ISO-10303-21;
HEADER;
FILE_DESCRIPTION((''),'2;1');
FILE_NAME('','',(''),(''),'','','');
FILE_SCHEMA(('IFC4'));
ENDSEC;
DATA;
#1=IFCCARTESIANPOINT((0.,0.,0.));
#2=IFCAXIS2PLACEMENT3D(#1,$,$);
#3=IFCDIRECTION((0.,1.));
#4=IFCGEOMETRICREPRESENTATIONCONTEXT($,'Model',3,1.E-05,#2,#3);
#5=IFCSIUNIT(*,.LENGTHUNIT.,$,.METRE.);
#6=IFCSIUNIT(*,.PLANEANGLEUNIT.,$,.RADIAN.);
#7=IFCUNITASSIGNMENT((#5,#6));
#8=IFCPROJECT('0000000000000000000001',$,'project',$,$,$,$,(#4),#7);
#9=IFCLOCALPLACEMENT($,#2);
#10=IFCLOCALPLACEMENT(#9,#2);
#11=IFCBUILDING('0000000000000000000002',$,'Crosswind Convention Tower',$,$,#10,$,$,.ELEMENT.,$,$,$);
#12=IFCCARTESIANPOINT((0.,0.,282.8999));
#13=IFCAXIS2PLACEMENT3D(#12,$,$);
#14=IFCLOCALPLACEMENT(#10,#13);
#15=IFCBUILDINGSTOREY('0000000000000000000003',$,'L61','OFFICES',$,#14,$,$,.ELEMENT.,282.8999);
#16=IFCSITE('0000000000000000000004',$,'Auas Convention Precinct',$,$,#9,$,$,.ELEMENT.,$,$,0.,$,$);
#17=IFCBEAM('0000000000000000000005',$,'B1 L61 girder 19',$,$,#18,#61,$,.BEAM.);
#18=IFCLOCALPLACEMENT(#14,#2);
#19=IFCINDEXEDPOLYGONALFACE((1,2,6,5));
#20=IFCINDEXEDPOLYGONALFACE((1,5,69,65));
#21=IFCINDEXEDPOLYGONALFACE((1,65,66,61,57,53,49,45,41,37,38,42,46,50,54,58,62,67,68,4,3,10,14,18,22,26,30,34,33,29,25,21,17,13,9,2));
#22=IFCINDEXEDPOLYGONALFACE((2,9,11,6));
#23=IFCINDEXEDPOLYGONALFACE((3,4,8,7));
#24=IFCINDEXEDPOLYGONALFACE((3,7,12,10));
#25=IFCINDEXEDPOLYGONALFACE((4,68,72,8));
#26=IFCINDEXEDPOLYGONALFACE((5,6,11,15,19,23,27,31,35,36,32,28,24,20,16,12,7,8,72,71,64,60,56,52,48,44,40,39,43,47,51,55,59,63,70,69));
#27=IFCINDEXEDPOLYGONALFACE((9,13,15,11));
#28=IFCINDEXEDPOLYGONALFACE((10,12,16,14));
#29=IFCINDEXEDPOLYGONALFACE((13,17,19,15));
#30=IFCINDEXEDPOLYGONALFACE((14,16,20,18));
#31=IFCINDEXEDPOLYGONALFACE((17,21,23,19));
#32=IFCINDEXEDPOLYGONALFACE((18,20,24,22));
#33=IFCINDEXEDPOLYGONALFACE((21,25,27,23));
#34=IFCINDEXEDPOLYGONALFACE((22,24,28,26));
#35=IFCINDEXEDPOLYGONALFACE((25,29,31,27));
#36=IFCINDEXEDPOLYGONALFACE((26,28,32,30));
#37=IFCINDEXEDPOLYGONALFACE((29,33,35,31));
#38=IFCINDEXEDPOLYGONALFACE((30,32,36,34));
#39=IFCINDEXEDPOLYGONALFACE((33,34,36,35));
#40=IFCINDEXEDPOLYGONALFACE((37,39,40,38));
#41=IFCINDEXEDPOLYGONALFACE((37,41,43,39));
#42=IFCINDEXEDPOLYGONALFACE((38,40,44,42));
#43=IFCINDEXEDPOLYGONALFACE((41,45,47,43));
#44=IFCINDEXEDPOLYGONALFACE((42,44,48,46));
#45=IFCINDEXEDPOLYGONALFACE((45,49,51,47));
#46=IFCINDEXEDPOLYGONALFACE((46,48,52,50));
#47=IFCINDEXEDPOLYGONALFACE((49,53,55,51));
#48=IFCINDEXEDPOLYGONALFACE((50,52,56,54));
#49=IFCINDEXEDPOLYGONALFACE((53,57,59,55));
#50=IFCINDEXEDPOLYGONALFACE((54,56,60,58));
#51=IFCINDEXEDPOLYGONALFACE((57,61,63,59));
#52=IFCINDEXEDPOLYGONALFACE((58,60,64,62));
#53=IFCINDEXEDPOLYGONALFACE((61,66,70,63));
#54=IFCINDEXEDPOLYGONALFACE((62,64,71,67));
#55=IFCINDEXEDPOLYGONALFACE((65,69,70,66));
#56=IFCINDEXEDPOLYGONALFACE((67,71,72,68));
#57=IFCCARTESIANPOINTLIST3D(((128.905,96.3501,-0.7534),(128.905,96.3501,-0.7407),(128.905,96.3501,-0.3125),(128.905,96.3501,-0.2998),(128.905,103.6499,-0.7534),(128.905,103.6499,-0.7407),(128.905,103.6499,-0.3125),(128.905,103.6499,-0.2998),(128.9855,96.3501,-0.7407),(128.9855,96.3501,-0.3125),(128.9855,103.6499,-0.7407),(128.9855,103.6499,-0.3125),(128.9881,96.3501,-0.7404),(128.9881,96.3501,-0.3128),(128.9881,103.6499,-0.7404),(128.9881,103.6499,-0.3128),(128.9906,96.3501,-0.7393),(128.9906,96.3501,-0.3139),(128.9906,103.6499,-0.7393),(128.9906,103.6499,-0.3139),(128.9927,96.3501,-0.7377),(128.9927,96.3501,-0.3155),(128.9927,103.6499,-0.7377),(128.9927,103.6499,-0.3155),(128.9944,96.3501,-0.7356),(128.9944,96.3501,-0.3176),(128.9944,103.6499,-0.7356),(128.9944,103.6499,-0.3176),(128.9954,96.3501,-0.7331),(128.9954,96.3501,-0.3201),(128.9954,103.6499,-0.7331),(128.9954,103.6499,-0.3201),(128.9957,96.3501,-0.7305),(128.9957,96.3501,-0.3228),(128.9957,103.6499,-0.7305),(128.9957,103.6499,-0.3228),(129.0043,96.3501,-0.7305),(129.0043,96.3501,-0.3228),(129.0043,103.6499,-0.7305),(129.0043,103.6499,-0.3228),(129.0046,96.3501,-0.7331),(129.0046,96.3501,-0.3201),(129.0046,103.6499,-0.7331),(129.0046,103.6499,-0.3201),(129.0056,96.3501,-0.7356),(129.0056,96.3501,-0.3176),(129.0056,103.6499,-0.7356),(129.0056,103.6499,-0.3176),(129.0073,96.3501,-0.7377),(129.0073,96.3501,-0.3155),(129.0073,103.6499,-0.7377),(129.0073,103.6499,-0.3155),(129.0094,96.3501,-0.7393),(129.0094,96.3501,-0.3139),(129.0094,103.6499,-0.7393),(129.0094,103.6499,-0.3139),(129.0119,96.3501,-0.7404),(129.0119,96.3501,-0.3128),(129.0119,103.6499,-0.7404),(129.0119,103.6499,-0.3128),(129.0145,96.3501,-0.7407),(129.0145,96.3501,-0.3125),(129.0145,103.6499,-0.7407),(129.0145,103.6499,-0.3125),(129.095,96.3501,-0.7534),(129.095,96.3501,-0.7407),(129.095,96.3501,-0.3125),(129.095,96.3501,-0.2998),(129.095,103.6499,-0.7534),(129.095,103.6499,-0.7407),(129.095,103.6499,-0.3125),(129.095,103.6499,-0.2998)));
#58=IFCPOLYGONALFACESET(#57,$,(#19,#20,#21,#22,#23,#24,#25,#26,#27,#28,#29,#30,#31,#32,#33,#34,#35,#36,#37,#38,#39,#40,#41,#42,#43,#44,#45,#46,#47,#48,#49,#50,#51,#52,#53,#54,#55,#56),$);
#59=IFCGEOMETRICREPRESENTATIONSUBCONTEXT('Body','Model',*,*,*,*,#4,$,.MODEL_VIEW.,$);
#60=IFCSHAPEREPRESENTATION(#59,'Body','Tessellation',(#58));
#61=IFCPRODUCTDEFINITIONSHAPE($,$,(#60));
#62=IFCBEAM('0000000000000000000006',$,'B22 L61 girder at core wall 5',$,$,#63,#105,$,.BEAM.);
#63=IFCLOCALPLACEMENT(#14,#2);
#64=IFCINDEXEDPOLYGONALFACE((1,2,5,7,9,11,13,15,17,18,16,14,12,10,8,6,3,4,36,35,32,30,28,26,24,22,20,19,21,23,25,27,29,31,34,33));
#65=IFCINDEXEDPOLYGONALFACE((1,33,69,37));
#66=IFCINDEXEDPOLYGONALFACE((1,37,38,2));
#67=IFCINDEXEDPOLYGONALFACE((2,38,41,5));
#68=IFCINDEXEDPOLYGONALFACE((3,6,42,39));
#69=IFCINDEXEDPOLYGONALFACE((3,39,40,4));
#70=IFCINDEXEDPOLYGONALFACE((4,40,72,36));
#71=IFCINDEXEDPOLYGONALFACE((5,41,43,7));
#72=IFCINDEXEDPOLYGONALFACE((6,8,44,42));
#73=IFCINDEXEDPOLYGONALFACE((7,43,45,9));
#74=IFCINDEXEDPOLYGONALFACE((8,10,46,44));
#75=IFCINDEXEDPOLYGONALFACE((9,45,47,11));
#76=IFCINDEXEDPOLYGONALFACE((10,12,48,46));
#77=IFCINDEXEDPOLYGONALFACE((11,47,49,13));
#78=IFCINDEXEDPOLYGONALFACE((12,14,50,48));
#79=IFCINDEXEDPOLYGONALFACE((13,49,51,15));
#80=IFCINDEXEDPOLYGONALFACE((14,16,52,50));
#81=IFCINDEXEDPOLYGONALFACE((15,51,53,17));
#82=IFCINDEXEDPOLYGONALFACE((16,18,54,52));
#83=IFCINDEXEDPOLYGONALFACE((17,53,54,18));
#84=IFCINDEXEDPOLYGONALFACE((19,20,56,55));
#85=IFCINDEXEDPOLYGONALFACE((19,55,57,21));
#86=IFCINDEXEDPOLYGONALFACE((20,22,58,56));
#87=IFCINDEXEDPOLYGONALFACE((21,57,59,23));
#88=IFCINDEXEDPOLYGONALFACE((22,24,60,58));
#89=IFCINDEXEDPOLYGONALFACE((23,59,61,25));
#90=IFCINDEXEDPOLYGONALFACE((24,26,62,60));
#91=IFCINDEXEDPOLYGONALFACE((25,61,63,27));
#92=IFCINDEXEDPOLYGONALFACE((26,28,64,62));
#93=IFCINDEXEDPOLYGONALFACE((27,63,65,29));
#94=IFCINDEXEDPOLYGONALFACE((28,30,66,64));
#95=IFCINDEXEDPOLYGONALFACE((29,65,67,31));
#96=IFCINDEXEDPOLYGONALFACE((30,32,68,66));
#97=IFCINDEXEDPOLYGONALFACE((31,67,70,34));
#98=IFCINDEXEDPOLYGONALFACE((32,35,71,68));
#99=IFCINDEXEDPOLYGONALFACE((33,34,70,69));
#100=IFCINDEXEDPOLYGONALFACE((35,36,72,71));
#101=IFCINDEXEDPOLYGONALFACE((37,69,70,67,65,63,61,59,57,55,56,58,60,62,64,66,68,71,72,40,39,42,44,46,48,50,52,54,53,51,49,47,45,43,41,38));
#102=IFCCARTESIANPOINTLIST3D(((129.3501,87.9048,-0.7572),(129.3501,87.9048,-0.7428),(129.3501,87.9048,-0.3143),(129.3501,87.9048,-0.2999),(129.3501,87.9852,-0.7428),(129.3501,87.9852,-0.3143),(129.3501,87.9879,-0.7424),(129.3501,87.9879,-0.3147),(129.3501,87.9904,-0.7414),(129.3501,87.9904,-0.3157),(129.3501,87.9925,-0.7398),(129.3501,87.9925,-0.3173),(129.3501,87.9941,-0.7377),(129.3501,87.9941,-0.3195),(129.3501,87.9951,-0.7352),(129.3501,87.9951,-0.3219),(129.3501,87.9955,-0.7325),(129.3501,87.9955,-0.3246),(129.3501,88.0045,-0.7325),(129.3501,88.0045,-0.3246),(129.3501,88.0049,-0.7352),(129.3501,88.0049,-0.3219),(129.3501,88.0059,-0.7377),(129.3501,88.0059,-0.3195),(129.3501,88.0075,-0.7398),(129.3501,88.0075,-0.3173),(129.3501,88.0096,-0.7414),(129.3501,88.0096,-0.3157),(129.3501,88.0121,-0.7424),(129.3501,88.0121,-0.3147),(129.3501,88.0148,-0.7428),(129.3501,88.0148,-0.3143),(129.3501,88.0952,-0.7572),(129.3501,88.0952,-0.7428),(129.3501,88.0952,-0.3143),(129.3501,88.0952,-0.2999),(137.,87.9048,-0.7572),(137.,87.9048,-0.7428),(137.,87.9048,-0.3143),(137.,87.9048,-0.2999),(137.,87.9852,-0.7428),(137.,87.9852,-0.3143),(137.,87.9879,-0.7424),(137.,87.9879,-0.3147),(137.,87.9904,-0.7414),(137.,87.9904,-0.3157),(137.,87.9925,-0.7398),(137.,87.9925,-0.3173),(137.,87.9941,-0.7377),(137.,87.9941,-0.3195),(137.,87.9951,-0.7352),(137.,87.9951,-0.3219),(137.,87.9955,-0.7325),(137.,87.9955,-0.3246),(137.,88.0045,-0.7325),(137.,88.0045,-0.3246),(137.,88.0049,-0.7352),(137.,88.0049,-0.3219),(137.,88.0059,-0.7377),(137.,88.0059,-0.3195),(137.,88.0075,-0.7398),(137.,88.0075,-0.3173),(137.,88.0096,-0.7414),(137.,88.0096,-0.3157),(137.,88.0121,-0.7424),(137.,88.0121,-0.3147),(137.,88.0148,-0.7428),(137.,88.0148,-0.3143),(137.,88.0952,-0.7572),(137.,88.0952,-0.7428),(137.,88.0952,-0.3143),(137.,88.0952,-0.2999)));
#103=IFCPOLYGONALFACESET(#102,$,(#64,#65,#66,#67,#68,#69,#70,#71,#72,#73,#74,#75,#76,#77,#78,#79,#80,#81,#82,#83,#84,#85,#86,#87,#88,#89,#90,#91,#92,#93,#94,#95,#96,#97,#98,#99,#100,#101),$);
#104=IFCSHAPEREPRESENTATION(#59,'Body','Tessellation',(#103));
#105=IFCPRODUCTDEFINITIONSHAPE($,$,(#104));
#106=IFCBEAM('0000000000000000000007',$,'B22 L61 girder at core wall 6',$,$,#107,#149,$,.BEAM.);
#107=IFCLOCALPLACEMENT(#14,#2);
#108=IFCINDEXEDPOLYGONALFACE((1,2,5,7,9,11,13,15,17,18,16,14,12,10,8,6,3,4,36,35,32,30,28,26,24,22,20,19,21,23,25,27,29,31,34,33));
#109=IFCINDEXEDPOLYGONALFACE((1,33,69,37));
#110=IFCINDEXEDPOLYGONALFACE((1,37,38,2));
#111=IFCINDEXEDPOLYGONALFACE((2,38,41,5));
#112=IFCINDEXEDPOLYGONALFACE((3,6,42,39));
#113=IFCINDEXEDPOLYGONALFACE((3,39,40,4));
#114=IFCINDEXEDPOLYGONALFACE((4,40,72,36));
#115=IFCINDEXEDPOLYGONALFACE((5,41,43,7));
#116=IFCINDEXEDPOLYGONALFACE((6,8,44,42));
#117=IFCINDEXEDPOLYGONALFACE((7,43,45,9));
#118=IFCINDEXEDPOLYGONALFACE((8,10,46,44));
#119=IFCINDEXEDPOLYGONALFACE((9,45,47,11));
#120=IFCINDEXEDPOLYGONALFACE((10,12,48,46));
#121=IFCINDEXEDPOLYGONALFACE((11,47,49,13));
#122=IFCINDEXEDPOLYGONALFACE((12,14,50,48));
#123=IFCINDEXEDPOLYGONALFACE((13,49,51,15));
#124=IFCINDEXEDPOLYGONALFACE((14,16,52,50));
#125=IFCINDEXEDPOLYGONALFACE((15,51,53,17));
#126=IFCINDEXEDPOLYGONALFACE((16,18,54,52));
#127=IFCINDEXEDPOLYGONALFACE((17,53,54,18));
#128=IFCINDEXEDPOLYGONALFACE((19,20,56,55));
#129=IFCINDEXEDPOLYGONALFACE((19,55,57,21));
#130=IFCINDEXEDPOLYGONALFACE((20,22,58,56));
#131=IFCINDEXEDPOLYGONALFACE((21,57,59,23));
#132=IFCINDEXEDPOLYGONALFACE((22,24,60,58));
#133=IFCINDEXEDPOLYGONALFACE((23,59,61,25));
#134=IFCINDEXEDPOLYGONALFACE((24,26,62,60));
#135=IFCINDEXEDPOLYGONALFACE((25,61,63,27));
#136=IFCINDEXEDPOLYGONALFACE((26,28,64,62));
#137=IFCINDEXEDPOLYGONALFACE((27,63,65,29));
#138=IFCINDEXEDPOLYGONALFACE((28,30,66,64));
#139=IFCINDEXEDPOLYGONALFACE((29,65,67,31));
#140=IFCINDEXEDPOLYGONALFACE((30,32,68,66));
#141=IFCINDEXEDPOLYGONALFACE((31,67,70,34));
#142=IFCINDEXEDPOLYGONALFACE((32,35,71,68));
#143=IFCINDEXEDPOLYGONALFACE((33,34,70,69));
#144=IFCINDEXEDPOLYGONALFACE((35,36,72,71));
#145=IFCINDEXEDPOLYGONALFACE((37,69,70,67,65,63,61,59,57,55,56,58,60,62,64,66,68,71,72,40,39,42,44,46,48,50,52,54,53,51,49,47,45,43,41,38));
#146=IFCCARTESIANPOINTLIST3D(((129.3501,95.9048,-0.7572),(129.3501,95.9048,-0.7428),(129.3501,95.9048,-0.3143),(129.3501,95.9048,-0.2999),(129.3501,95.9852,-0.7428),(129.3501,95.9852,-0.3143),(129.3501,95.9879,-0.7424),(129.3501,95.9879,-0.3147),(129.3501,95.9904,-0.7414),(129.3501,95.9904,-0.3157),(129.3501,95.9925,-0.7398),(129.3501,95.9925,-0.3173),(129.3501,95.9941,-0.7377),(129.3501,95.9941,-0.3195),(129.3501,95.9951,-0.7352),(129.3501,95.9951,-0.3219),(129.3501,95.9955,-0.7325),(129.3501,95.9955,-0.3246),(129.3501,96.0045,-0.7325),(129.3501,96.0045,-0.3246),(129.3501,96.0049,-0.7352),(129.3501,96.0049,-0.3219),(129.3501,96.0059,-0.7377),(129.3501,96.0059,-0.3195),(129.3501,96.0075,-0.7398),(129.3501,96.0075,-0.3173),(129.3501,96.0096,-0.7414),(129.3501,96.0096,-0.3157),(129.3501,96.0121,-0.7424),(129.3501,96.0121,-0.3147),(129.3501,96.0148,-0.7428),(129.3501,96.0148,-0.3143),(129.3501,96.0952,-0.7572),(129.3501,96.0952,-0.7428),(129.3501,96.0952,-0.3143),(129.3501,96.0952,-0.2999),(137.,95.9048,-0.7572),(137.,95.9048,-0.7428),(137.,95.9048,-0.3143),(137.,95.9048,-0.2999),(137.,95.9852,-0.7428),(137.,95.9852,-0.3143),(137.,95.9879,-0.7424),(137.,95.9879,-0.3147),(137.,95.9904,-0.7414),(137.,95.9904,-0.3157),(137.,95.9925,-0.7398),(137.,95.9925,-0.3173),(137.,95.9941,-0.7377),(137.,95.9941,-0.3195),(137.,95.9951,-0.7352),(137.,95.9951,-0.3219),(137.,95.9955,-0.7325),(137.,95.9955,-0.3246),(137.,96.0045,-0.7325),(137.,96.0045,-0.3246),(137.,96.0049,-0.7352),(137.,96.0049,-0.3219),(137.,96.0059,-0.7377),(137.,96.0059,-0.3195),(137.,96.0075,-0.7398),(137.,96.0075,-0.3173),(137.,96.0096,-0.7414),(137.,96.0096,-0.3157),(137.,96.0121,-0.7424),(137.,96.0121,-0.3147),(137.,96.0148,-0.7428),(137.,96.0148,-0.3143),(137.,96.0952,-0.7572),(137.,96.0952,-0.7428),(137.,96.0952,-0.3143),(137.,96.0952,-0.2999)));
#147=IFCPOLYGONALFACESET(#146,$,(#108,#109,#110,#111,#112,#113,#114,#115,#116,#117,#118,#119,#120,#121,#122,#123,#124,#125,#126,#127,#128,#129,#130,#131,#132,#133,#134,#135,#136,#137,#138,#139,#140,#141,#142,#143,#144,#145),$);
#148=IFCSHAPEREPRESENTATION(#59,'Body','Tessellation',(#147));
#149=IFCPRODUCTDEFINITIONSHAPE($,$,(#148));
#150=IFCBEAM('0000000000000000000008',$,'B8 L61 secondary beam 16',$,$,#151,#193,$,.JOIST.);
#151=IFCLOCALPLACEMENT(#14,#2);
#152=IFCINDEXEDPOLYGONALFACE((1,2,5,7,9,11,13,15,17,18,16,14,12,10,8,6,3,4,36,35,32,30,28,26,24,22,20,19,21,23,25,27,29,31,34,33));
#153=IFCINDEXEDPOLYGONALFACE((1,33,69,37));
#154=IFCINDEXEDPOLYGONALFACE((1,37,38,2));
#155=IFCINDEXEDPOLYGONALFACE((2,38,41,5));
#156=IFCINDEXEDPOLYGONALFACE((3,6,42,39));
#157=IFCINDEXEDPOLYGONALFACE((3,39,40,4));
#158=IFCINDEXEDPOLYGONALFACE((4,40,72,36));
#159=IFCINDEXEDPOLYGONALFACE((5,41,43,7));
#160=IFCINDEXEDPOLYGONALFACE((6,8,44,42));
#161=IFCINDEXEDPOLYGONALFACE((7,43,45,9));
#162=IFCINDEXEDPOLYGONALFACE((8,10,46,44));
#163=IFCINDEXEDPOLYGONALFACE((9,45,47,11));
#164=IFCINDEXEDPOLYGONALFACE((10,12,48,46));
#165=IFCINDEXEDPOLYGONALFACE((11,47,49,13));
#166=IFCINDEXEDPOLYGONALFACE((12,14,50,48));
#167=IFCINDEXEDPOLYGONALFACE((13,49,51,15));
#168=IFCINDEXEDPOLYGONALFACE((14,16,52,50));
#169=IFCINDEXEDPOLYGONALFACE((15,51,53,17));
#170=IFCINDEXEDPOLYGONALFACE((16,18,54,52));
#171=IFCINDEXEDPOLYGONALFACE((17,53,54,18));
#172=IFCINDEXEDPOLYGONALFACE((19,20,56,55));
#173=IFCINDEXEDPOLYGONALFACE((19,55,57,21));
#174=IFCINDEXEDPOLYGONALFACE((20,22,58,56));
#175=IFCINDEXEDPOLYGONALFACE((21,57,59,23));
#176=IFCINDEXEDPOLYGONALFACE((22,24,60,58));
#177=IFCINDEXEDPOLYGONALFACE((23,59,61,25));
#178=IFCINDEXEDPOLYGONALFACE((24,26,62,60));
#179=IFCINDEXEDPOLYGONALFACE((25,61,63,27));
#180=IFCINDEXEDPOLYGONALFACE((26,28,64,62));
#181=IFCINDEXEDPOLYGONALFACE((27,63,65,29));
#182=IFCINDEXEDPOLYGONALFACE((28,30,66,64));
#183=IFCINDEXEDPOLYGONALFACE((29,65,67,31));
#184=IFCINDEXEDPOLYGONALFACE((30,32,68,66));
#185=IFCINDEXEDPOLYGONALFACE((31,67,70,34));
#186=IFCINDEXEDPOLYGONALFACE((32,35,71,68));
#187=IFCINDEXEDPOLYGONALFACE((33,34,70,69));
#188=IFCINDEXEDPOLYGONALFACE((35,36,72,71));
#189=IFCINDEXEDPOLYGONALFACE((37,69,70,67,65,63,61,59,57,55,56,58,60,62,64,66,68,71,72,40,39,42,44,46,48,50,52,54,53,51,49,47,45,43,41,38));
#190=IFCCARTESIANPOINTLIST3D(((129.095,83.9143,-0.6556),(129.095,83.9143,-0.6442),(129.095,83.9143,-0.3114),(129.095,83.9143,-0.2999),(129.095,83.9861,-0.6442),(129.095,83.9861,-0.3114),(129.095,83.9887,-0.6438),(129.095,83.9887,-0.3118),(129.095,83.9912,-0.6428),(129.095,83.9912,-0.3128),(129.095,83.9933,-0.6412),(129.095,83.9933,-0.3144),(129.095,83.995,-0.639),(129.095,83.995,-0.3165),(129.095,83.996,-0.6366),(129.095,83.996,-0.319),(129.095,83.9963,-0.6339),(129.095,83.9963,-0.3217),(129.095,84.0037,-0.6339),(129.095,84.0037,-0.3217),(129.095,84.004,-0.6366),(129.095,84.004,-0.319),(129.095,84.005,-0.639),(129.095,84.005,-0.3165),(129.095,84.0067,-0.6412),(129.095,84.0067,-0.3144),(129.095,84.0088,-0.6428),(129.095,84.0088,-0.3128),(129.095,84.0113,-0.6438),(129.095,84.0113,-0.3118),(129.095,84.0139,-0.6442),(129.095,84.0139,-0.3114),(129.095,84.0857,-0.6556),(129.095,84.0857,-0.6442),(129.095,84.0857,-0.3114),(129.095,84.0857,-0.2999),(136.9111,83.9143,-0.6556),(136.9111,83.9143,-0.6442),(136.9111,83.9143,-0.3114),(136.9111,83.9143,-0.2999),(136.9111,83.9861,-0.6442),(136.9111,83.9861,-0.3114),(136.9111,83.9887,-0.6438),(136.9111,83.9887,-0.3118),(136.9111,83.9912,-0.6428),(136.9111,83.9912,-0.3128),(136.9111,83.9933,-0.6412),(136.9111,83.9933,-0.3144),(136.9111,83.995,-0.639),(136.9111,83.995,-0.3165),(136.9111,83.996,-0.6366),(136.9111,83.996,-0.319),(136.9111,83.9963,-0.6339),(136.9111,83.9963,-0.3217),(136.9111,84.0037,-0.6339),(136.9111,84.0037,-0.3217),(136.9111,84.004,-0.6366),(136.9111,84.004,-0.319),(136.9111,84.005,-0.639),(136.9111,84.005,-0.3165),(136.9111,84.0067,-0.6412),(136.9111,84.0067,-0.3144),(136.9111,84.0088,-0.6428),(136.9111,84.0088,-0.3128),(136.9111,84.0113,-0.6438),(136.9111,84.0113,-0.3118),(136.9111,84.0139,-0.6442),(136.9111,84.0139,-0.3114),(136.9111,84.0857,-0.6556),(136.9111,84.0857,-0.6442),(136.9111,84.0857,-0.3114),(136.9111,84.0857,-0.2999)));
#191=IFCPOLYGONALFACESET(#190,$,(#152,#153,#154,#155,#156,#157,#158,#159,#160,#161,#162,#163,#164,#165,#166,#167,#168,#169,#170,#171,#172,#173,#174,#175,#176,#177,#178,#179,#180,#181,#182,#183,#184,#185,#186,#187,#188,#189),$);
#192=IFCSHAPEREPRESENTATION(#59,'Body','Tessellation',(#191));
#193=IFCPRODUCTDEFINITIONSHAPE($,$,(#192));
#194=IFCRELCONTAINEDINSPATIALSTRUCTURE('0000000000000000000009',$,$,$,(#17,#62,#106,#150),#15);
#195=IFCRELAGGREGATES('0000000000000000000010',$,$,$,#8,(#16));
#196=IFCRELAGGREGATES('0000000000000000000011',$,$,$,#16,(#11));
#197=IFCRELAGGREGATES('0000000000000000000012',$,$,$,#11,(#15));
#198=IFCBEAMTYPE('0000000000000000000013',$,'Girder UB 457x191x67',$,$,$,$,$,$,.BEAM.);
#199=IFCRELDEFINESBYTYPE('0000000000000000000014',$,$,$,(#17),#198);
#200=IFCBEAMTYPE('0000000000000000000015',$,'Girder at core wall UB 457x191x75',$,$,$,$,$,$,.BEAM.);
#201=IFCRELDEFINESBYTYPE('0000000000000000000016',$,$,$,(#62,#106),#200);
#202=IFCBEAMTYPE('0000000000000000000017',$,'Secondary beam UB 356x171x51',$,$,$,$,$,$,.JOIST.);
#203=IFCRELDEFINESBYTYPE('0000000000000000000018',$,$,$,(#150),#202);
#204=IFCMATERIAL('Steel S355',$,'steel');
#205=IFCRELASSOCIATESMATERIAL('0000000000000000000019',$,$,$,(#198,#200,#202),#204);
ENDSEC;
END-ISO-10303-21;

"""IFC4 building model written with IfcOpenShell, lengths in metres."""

from ifc_helpers import new_model, si_unit, direction, frame, origin, origin_2d, place, context, subcontext, project, spatial, i_section, extrude, material, material_profile, profile_set, type_object, element, save


model = new_model("IFC4")

# Units and contexts
model_context = context("Model", 3, precision=1e-05, world=origin(), true_north=direction((0.0, 1.0)))
body_context = subcontext(model_context, "Body", "Model", "MODEL_VIEW")
ifc_project = project(units=[si_unit("LENGTHUNIT", "METRE"), si_unit("PLANEANGLEUNIT", "RADIAN")], contexts=[model_context])

# Site, building, storey
site_placement = place(None, origin())
site = spatial("IfcSite", under=ifc_project, at=site_placement, Name="Auas Convention Precinct", CompositionType="ELEMENT", RefElevation=0.0)
building_placement = place(site_placement, origin())
building = spatial("IfcBuilding", under=site, at=building_placement, Name="Crosswind Convention Tower", CompositionType="ELEMENT")
storey_placement = place(building_placement, frame((0.0, 0.0, 282.8999)))
storey = spatial("IfcBuildingStorey", under=building, at=storey_placement, Name="L61", Description="OFFICES", CompositionType="ELEMENT", Elevation=282.8999)

# Beams
ifc_material_1 = material(Name="Steel S355", Category="steel")
ifc_material_profile_1 = material_profile(ifc_material_1, i_section(OverallWidth=0.1899, OverallDepth=0.4536, WebThickness=0.0085, FlangeThickness=0.0127, FilletRadius=0.0103, at=origin_2d()), Name="UB 457x191x67")
ifc_profile_set_1 = profile_set([ifc_material_profile_1], Name="Steel S355")
beam_type_1 = type_object("IfcBeamType", Name="Girder UB 457x191x67", PredefinedType="BEAM", material=ifc_profile_set_1)
for number, where, z_axis, x_axis, name in (
    (1, (129.0, 96.3501, -0.5266), (0.0, 1.0, 0.0), (-1.0, 0.0, 0.0), "B1 L61 girder 19"),
):
    element("IfcBeam", number, at=place(storey_placement, frame(where, z_axis=z_axis, x_axis=x_axis)), inside=storey, type_object=beam_type_1, Name=name, PredefinedType="BEAM", context=body_context, shape_type="SweptSolid", body=[
        extrude(i_section(OverallWidth=0.1899, OverallDepth=0.4536, WebThickness=0.0085, FlangeThickness=0.0127, FilletRadius=0.0103, at=origin_2d()), origin(), (0.0, 0.0, 1.0), 7.2998),
    ])
ifc_material_profile_2 = material_profile(ifc_material_1, i_section(OverallWidth=0.1904, OverallDepth=0.4573, WebThickness=0.009, FlangeThickness=0.0144, FilletRadius=0.0103, at=origin_2d()), Name="UB 457x191x75")
ifc_profile_set_2 = profile_set([ifc_material_profile_2], Name="Steel S355")
beam_type_2 = type_object("IfcBeamType", Name="Girder at core wall UB 457x191x75", PredefinedType="BEAM", material=ifc_profile_set_2)
for number, where, z_axis, x_axis, name in (
    (2, (129.3501, 88.0, -0.5286), (1.0, 0.0, 0.0), (0.0, 1.0, 0.0), "B22 L61 girder at core wall 5"),
    (3, (129.3501, 96.0, -0.5286), (1.0, 0.0, 0.0), (0.0, 1.0, 0.0), "B22 L61 girder at core wall 6"),
):
    element("IfcBeam", number, at=place(storey_placement, frame(where, z_axis=z_axis, x_axis=x_axis)), inside=storey, type_object=beam_type_2, Name=name, PredefinedType="BEAM", context=body_context, shape_type="SweptSolid", body=[
        extrude(i_section(OverallWidth=0.1904, OverallDepth=0.4573, WebThickness=0.009, FlangeThickness=0.0144, FilletRadius=0.0103, at=origin_2d()), origin(), (0.0, 0.0, 1.0), 7.6499),
    ])
ifc_material_profile_3 = material_profile(ifc_material_1, i_section(OverallWidth=0.1714, OverallDepth=0.3557, WebThickness=0.0073, FlangeThickness=0.0115, FilletRadius=0.0103, at=origin_2d()), Name="UB 356x171x51")
ifc_profile_set_3 = profile_set([ifc_material_profile_3], Name="Steel S355")
beam_type_3 = type_object("IfcBeamType", Name="Secondary beam UB 356x171x51", PredefinedType="JOIST", material=ifc_profile_set_3)
beam_1_placement = place(storey_placement, frame((129.095, 84.0, -0.4778), z_axis=(1.0, 0.0, 0.0), x_axis=(0.0, 1.0, 0.0)))
element("IfcBeam", 4, at=beam_1_placement, inside=storey, type_object=beam_type_3, Name="B8 L61 secondary beam 16", PredefinedType="JOIST", context=body_context, shape_type="SweptSolid", body=[
    extrude(i_section(OverallWidth=0.1714, OverallDepth=0.3557, WebThickness=0.0073, FlangeThickness=0.0115, FilletRadius=0.0103, at=origin_2d()), origin(), (0.0, 0.0, 1.0), 7.8162),
])

save(model, "model.ifc")
